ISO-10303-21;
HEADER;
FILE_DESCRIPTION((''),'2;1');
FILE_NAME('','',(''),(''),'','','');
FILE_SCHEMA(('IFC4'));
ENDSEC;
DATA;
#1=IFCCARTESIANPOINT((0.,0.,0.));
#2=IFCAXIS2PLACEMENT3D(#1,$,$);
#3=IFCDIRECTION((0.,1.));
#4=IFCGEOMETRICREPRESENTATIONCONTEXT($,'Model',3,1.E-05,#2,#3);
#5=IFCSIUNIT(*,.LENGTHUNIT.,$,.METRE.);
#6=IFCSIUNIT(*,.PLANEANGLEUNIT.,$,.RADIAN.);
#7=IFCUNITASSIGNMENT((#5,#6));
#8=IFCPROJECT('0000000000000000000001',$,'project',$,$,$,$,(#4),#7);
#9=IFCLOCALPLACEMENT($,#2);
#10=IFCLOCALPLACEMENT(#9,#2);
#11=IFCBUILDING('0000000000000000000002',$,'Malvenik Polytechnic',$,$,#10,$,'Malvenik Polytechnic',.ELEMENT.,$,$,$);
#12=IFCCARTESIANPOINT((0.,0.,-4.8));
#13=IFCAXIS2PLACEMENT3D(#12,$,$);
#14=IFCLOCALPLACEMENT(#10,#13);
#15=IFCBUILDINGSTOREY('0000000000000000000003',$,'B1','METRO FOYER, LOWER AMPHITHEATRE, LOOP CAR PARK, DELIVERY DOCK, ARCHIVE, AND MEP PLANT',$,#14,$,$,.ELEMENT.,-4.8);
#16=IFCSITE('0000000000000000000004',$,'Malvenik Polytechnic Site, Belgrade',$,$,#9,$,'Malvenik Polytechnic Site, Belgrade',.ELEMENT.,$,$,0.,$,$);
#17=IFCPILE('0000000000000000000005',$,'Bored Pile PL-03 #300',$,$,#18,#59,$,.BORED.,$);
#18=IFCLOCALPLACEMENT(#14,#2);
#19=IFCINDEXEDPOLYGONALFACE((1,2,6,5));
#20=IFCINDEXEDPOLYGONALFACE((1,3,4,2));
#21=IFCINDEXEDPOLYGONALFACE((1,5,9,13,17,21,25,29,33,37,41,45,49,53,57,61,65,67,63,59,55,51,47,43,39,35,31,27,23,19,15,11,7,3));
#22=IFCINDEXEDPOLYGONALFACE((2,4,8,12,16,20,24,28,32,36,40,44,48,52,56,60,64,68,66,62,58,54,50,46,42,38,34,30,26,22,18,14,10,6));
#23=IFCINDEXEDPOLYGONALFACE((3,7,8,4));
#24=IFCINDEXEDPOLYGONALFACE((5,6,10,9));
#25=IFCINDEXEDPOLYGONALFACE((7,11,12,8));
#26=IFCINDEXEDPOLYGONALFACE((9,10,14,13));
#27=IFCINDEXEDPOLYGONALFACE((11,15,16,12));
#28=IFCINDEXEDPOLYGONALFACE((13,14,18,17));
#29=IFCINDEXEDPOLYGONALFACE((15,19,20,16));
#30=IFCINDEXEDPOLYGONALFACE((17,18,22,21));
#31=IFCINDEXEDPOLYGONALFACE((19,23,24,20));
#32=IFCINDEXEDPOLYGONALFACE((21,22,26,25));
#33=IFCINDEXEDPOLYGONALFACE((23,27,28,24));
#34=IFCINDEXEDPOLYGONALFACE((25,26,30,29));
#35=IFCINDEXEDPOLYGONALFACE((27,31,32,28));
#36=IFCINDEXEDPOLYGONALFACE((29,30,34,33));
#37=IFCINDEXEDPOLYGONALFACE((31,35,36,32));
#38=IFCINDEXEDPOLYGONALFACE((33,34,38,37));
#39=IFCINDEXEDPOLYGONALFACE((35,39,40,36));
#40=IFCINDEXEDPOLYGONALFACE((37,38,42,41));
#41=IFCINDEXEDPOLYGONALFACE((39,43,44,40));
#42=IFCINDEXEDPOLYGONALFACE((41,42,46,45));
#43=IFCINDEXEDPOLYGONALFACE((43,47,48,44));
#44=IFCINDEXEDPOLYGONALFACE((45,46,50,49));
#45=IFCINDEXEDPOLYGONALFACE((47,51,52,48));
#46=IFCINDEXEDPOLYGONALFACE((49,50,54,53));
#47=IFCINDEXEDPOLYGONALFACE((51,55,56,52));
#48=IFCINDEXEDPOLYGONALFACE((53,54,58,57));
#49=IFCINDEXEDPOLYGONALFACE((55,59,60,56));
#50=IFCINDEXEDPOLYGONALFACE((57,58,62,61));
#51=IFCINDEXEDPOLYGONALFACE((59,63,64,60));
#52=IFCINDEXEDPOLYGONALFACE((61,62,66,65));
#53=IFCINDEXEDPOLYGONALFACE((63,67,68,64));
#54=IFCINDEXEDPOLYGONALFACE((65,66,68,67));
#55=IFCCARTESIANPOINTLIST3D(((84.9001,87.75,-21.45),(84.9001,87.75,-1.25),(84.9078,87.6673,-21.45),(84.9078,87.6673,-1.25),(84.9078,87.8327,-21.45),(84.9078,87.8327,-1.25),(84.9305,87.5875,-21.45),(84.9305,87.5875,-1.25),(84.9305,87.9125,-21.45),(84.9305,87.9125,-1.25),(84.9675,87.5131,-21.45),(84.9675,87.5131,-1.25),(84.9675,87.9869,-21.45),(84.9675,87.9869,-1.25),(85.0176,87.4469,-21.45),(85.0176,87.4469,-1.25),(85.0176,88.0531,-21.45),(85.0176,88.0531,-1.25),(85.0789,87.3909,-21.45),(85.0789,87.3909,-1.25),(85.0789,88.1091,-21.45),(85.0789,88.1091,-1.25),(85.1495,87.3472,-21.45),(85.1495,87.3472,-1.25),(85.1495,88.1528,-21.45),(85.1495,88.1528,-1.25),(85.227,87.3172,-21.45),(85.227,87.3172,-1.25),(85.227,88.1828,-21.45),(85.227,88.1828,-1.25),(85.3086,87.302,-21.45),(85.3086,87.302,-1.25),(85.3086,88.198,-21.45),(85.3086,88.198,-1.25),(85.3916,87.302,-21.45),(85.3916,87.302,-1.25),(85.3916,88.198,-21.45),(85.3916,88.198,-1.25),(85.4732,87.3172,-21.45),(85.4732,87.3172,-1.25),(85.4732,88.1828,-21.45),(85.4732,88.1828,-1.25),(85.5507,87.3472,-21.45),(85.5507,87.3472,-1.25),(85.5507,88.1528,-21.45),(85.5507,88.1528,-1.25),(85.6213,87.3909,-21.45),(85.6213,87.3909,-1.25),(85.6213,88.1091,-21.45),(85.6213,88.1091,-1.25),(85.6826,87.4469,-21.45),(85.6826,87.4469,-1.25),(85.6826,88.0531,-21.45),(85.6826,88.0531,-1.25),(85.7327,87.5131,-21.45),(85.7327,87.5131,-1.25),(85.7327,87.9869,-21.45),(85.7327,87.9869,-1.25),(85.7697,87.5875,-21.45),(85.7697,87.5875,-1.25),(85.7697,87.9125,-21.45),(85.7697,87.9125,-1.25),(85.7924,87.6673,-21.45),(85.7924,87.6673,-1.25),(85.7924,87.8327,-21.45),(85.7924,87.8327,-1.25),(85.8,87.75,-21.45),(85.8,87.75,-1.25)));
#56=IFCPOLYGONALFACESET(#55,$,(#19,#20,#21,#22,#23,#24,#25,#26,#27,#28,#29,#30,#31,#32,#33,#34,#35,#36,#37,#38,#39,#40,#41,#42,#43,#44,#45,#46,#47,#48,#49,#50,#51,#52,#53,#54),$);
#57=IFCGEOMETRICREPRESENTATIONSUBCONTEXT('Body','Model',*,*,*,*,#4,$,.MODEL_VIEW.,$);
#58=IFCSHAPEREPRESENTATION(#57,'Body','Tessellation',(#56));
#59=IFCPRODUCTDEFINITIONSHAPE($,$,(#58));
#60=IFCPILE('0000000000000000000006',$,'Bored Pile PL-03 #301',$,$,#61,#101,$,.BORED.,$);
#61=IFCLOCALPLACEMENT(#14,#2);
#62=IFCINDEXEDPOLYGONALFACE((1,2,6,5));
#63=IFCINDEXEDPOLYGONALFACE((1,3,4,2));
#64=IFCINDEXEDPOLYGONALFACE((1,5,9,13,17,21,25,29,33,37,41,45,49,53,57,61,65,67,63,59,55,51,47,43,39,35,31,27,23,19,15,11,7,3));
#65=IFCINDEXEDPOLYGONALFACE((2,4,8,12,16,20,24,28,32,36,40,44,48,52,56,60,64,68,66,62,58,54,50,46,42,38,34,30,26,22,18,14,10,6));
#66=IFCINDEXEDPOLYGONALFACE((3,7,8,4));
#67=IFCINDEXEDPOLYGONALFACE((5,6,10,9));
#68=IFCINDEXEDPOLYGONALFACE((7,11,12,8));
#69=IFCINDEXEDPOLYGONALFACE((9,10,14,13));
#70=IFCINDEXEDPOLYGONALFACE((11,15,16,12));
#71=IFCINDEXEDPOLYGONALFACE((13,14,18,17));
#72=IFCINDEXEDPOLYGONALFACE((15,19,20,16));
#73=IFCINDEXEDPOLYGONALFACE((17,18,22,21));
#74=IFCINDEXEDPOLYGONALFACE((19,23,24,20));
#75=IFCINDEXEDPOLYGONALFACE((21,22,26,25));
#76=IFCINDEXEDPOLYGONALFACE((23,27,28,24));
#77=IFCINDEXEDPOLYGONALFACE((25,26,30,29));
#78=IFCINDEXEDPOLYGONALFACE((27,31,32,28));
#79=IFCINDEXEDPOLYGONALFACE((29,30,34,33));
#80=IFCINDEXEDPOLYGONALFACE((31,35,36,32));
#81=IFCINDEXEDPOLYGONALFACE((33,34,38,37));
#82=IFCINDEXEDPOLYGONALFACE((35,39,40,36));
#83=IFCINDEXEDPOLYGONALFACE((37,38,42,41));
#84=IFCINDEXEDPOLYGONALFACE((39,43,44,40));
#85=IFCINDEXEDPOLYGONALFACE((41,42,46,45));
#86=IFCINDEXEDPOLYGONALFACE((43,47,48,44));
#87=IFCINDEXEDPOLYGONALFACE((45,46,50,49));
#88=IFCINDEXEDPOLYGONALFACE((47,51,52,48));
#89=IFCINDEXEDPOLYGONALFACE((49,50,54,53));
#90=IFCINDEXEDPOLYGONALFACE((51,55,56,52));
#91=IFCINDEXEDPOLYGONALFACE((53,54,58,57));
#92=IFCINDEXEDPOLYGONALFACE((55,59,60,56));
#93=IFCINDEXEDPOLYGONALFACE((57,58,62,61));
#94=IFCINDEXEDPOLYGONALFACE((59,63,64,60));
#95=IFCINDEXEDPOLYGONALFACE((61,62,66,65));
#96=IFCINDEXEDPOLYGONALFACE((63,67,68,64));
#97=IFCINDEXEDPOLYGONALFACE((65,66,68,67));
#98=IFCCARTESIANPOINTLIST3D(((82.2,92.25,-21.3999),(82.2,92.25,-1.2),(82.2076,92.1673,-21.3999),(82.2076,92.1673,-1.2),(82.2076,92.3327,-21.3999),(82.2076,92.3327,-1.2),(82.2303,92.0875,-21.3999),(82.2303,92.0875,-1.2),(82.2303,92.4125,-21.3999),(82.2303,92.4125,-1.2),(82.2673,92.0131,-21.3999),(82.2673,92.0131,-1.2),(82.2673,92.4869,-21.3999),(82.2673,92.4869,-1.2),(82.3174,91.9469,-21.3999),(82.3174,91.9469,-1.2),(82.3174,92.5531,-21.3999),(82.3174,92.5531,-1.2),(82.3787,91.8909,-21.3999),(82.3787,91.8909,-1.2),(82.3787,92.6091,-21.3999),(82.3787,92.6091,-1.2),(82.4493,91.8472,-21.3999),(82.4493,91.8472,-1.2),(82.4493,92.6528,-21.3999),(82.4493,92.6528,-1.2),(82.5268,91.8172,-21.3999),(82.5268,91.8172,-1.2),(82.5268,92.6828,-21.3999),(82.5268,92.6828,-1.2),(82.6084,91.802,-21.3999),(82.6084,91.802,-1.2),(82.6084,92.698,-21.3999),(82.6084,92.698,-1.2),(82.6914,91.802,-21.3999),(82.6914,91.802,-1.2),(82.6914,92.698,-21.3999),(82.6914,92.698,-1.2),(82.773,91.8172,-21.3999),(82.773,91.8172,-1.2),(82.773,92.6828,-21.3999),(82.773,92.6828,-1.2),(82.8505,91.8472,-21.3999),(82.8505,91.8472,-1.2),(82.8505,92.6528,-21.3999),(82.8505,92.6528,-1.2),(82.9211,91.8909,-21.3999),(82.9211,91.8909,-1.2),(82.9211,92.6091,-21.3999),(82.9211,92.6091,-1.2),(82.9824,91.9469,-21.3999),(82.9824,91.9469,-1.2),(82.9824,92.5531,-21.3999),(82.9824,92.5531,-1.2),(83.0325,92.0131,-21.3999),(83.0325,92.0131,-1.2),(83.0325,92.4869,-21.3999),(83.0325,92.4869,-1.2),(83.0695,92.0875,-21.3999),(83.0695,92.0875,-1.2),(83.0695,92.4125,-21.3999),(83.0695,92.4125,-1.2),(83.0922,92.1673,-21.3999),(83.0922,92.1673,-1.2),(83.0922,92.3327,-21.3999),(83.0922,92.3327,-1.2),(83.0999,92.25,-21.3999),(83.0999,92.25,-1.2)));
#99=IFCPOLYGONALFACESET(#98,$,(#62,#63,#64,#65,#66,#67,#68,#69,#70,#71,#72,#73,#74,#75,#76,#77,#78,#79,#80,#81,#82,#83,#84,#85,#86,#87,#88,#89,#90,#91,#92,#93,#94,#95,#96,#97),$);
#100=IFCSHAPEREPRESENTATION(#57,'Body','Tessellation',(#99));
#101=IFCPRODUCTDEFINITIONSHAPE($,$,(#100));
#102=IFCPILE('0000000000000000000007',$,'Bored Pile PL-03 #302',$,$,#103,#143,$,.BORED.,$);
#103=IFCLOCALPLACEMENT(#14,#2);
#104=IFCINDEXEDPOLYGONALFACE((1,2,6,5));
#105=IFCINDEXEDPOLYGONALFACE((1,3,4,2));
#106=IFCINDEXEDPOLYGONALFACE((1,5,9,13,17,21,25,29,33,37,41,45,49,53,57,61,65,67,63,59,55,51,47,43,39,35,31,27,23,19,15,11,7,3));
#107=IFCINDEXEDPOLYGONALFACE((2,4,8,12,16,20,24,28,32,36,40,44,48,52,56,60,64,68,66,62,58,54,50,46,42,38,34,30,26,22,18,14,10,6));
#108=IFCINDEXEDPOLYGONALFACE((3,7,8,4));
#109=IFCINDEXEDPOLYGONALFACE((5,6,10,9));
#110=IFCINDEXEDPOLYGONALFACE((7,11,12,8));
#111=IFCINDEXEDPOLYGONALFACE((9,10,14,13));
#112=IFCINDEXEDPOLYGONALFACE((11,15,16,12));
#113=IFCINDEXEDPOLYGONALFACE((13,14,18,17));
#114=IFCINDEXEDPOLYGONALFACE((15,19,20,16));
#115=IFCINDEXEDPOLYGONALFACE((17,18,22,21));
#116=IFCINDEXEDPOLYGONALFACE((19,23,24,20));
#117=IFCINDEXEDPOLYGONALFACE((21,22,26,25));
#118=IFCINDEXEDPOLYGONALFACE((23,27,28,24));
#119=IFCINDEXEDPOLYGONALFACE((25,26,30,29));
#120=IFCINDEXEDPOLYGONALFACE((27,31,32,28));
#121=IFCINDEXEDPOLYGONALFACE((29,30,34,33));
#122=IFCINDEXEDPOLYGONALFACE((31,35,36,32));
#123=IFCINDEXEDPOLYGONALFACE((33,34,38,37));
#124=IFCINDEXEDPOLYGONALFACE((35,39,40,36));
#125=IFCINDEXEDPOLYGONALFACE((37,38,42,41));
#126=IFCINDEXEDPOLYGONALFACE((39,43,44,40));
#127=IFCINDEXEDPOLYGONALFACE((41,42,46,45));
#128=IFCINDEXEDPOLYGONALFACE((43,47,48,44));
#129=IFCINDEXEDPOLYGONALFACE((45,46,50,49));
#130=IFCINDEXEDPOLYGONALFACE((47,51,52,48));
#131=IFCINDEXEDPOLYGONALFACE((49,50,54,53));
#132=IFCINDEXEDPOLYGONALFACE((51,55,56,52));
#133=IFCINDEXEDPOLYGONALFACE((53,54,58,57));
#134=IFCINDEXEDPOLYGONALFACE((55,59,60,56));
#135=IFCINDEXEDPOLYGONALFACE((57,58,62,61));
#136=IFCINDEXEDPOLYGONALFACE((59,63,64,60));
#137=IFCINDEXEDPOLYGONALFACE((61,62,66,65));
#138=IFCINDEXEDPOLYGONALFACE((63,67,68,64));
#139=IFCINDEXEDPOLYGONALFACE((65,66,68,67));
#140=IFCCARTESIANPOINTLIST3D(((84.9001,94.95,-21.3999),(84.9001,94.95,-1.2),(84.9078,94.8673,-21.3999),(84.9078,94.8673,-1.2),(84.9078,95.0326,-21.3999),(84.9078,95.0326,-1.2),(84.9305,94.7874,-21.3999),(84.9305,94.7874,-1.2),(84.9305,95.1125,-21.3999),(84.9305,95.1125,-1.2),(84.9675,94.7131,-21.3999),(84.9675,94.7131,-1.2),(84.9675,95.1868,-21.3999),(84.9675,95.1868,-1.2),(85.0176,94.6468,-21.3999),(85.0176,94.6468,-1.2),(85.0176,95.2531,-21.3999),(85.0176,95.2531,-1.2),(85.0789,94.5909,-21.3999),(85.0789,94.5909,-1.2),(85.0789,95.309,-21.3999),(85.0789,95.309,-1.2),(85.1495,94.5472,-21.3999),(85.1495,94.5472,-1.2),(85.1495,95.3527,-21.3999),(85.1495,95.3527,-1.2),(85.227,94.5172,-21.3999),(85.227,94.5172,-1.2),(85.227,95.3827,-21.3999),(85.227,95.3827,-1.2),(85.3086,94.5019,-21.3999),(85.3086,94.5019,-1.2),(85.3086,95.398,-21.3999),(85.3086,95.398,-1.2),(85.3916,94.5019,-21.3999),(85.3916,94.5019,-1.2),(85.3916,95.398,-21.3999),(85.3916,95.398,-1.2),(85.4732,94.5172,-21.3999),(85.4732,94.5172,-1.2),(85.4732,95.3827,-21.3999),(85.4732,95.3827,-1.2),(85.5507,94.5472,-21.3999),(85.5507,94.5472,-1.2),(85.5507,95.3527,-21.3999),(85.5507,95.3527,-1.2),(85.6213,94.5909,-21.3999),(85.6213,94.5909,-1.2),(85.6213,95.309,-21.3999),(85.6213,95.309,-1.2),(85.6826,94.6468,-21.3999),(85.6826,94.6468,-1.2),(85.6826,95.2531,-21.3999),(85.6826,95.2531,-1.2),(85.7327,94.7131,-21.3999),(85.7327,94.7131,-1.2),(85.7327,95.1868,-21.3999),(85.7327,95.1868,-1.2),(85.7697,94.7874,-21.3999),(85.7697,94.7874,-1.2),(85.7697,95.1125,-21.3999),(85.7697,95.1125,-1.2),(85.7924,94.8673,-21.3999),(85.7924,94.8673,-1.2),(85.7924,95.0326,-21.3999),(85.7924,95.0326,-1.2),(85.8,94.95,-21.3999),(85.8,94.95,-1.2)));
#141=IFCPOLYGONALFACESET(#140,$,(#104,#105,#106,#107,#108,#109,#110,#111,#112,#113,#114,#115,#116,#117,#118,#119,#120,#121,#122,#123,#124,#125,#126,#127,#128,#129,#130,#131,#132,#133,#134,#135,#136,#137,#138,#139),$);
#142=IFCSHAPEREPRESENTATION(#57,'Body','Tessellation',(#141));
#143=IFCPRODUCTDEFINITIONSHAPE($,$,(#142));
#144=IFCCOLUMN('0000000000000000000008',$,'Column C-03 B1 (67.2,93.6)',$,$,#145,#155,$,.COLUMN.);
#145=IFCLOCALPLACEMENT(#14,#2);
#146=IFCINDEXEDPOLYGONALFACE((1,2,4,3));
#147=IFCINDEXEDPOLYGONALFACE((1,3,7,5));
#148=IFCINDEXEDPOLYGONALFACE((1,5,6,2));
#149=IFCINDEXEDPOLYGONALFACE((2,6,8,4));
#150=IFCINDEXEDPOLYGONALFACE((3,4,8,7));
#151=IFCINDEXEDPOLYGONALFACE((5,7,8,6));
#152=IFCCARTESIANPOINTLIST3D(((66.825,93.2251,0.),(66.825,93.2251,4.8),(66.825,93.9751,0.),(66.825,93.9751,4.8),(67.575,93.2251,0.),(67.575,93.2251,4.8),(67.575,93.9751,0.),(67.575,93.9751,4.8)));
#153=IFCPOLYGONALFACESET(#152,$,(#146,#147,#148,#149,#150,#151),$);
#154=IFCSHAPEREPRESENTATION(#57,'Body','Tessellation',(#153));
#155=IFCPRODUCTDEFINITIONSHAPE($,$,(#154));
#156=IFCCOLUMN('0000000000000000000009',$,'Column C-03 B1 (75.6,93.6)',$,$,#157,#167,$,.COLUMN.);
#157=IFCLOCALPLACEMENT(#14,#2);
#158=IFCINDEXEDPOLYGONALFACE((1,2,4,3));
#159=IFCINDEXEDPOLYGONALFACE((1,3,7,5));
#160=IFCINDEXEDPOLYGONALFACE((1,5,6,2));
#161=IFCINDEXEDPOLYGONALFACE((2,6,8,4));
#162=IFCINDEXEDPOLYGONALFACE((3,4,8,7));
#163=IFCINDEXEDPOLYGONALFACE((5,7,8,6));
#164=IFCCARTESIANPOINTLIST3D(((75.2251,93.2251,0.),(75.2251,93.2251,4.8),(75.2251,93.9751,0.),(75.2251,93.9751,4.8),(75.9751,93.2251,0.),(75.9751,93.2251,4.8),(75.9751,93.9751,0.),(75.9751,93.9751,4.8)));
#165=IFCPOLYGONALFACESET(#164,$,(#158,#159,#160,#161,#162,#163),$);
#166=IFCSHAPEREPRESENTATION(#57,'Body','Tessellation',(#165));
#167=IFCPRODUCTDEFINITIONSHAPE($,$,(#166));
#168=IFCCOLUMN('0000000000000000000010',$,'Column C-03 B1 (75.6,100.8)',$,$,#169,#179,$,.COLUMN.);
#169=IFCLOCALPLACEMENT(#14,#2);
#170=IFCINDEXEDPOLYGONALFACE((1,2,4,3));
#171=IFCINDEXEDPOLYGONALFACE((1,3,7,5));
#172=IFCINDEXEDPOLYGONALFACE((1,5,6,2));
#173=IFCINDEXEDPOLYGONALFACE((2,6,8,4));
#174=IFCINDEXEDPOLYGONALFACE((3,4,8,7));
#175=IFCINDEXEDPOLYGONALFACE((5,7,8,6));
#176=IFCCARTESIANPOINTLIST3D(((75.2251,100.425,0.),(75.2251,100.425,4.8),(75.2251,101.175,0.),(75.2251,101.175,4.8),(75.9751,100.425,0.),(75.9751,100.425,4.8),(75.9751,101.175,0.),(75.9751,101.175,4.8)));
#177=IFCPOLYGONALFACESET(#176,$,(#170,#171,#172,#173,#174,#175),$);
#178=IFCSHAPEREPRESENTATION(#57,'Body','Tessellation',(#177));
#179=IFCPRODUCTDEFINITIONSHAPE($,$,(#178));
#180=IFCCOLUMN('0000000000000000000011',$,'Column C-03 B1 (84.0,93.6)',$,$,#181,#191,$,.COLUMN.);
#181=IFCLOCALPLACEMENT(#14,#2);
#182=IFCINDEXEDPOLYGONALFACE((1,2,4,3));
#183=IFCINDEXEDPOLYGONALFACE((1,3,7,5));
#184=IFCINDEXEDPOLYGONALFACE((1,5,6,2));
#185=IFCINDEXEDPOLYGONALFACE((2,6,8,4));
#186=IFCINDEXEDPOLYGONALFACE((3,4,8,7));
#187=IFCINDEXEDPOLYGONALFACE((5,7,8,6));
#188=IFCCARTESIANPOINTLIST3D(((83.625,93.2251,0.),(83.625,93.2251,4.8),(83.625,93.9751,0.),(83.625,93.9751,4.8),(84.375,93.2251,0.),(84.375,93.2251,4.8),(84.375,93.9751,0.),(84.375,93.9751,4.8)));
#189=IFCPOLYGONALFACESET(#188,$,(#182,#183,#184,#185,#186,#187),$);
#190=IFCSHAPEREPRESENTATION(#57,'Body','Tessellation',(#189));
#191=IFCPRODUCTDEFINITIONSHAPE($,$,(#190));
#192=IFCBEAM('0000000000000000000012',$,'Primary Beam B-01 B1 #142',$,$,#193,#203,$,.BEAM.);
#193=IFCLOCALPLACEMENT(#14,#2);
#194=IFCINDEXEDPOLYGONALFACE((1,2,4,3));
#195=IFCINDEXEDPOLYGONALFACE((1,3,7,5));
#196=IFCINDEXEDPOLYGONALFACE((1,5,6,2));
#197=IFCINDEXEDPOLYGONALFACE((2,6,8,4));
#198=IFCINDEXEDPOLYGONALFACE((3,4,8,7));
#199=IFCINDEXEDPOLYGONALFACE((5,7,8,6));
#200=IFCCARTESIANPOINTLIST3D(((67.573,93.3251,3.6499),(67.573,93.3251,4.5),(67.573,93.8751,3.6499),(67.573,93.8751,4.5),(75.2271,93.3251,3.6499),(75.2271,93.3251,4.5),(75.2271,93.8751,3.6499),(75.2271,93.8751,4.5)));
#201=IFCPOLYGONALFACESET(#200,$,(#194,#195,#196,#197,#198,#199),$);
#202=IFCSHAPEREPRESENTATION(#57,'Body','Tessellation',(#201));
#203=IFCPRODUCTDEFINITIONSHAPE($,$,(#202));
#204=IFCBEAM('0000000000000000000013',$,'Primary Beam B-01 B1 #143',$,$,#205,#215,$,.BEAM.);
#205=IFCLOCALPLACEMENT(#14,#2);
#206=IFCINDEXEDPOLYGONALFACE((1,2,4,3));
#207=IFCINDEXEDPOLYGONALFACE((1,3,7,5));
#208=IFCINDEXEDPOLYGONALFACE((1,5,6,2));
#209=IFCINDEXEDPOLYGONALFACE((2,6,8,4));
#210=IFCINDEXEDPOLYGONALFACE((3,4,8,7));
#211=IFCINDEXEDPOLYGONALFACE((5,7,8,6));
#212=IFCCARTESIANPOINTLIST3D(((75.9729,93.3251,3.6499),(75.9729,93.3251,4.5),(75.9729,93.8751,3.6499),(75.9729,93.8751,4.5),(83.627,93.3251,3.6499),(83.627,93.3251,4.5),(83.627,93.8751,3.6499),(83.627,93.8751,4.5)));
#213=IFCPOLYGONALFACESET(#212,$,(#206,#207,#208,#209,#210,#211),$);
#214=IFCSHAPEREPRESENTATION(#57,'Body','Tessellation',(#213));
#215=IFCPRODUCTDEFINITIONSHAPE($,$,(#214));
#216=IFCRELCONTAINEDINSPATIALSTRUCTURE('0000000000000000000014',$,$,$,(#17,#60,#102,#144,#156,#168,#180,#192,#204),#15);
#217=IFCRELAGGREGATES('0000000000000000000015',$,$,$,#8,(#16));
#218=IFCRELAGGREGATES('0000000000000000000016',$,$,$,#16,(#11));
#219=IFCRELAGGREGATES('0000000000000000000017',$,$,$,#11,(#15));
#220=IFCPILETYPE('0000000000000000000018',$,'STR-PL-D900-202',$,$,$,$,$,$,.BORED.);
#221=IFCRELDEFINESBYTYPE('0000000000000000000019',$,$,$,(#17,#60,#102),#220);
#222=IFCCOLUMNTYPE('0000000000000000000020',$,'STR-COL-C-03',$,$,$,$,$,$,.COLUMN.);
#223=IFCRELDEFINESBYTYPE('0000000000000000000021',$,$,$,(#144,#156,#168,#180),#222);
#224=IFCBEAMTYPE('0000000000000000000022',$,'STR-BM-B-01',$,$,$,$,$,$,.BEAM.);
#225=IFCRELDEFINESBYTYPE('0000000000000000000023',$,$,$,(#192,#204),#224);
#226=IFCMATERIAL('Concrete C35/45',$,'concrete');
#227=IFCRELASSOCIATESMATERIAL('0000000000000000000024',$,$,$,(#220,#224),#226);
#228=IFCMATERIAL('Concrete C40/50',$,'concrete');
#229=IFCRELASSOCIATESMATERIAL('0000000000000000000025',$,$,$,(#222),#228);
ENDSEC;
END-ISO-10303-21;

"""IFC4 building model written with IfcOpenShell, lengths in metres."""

from ifc_helpers import new_model, si_unit, direction, frame, origin, origin_2d, place, context, subcontext, project, spatial, rectangle, circle, extrude, material, material_profile, profile_set, type_object, element, save


model = new_model("IFC4")

# Units and contexts
model_context = context("Model", 3, precision=1e-05, world=origin(), true_north=direction((0.0, 1.0)))
body_context = subcontext(model_context, "Body", "Model", "MODEL_VIEW")
ifc_project = project(units=[si_unit("LENGTHUNIT", "METRE"), si_unit("PLANEANGLEUNIT", "RADIAN")], contexts=[model_context])

# Site, building, storey
site_placement = place(None, origin())
site = spatial("IfcSite", under=ifc_project, at=site_placement, Name="Malvenik Polytechnic Site, Belgrade", LongName="Malvenik Polytechnic Site, Belgrade", CompositionType="ELEMENT", RefElevation=0.0)
building_placement = place(site_placement, origin())
building = spatial("IfcBuilding", under=site, at=building_placement, Name="Malvenik Polytechnic", LongName="Malvenik Polytechnic", CompositionType="ELEMENT")
storey_placement = place(building_placement, frame((0.0, 0.0, -4.8)))
storey = spatial("IfcBuildingStorey", under=building, at=storey_placement, Name="B1", Description="METRO FOYER, LOWER AMPHITHEATRE, LOOP CAR PARK, DELIVERY DOCK, ARCHIVE, AND MEP PLANT", CompositionType="ELEMENT", Elevation=-4.8)

# Shared definitions
ifc_material_1 = material(Name="Concrete C35/45", Category="concrete")

# Piles
ifc_material_profile_1 = material_profile(ifc_material_1, circle(Radius=0.45, at=origin_2d()), Name="BORED PILE D900")
ifc_profile_set_1 = profile_set([ifc_material_profile_1], Name="Concrete C35/45")
pile_type_1 = type_object("IfcPileType", Name="STR-PL-D900-202", PredefinedType="BORED", material=ifc_profile_set_1)
for number, where, z_axis, x_axis, name in (
    (1, (85.3501, 87.75, -1.25), (0.0, 0.0, -1.0), (1.0, 0.0, 0.0), "Bored Pile PL-03 #300"),
    (2, (82.6499, 92.25, -1.2), (0.0, 0.0, -1.0), (1.0, 0.0, 0.0), "Bored Pile PL-03 #301"),
    (3, (85.3501, 94.95, -1.2), (0.0, 0.0, -1.0), (1.0, 0.0, 0.0), "Bored Pile PL-03 #302"),
):
    element("IfcPile", number, at=place(storey_placement, frame(where, z_axis=z_axis, x_axis=x_axis)), inside=storey, type_object=pile_type_1, Name=name, PredefinedType="BORED", context=body_context, shape_type="SweptSolid", body=[
        extrude(circle(Radius=0.45, at=origin_2d()), origin(), (0.0, 0.0, 1.0), 20.2),
    ])

# Columns
ifc_material_2 = material(Name="Concrete C40/50", Category="concrete")
ifc_material_profile_2 = material_profile(ifc_material_2, rectangle(XDim=0.75, YDim=0.75, at=origin_2d()), Name="RC COL 750x750")
ifc_profile_set_2 = profile_set([ifc_material_profile_2], Name="Concrete C40/50")
column_type = type_object("IfcColumnType", Name="STR-COL-C-03", PredefinedType="COLUMN", material=ifc_profile_set_2)
for number, where, z_axis, x_axis, name in (
    (4, (67.2, 93.6001, 0.0), (0.0, 0.0, 1.0), (1.0, 0.0, 0.0), "Column C-03 B1 (67.2,93.6)"),
    (5, (75.6001, 93.6001, 0.0), (0.0, 0.0, 1.0), (1.0, 0.0, 0.0), "Column C-03 B1 (75.6,93.6)"),
    (6, (75.6001, 100.8, 0.0), (0.0, 0.0, 1.0), (1.0, 0.0, 0.0), "Column C-03 B1 (75.6,100.8)"),
    (7, (84.0, 93.6001, 0.0), (0.0, 0.0, 1.0), (1.0, 0.0, 0.0), "Column C-03 B1 (84.0,93.6)"),
):
    element("IfcColumn", number, at=place(storey_placement, frame(where, z_axis=z_axis, x_axis=x_axis)), inside=storey, type_object=column_type, Name=name, PredefinedType="COLUMN", context=body_context, shape_type="SweptSolid", body=[
        extrude(rectangle(XDim=0.75, YDim=0.75, at=origin_2d()), origin(), (0.0, 0.0, 1.0), 4.8),
    ])

# Beams
ifc_material_profile_3 = material_profile(ifc_material_1, rectangle(XDim=0.55, YDim=0.8501, at=origin_2d()), Name="RC BM 550x850")
ifc_profile_set_3 = profile_set([ifc_material_profile_3], Name="Concrete C35/45")
beam_type_1 = type_object("IfcBeamType", Name="STR-BM-B-01", PredefinedType="BEAM", material=ifc_profile_set_3)
for number, where, z_axis, x_axis, name in (
    (8, (67.573, 93.6001, 4.075), (1.0, 0.0, 0.0), (0.0, 1.0, 0.0), "Primary Beam B-01 B1 #142"),
    (9, (75.9729, 93.6001, 4.075), (1.0, 0.0, 0.0), (0.0, 1.0, 0.0), "Primary Beam B-01 B1 #143"),
):
    element("IfcBeam", number, at=place(storey_placement, frame(where, z_axis=z_axis, x_axis=x_axis)), inside=storey, type_object=beam_type_1, Name=name, PredefinedType="BEAM", context=body_context, shape_type="SweptSolid", body=[
        extrude(rectangle(XDim=0.55, YDim=0.8501, at=origin_2d()), origin(), (0.0, 0.0, 1.0), 7.6541),
    ])

save(model, "model.ifc")
